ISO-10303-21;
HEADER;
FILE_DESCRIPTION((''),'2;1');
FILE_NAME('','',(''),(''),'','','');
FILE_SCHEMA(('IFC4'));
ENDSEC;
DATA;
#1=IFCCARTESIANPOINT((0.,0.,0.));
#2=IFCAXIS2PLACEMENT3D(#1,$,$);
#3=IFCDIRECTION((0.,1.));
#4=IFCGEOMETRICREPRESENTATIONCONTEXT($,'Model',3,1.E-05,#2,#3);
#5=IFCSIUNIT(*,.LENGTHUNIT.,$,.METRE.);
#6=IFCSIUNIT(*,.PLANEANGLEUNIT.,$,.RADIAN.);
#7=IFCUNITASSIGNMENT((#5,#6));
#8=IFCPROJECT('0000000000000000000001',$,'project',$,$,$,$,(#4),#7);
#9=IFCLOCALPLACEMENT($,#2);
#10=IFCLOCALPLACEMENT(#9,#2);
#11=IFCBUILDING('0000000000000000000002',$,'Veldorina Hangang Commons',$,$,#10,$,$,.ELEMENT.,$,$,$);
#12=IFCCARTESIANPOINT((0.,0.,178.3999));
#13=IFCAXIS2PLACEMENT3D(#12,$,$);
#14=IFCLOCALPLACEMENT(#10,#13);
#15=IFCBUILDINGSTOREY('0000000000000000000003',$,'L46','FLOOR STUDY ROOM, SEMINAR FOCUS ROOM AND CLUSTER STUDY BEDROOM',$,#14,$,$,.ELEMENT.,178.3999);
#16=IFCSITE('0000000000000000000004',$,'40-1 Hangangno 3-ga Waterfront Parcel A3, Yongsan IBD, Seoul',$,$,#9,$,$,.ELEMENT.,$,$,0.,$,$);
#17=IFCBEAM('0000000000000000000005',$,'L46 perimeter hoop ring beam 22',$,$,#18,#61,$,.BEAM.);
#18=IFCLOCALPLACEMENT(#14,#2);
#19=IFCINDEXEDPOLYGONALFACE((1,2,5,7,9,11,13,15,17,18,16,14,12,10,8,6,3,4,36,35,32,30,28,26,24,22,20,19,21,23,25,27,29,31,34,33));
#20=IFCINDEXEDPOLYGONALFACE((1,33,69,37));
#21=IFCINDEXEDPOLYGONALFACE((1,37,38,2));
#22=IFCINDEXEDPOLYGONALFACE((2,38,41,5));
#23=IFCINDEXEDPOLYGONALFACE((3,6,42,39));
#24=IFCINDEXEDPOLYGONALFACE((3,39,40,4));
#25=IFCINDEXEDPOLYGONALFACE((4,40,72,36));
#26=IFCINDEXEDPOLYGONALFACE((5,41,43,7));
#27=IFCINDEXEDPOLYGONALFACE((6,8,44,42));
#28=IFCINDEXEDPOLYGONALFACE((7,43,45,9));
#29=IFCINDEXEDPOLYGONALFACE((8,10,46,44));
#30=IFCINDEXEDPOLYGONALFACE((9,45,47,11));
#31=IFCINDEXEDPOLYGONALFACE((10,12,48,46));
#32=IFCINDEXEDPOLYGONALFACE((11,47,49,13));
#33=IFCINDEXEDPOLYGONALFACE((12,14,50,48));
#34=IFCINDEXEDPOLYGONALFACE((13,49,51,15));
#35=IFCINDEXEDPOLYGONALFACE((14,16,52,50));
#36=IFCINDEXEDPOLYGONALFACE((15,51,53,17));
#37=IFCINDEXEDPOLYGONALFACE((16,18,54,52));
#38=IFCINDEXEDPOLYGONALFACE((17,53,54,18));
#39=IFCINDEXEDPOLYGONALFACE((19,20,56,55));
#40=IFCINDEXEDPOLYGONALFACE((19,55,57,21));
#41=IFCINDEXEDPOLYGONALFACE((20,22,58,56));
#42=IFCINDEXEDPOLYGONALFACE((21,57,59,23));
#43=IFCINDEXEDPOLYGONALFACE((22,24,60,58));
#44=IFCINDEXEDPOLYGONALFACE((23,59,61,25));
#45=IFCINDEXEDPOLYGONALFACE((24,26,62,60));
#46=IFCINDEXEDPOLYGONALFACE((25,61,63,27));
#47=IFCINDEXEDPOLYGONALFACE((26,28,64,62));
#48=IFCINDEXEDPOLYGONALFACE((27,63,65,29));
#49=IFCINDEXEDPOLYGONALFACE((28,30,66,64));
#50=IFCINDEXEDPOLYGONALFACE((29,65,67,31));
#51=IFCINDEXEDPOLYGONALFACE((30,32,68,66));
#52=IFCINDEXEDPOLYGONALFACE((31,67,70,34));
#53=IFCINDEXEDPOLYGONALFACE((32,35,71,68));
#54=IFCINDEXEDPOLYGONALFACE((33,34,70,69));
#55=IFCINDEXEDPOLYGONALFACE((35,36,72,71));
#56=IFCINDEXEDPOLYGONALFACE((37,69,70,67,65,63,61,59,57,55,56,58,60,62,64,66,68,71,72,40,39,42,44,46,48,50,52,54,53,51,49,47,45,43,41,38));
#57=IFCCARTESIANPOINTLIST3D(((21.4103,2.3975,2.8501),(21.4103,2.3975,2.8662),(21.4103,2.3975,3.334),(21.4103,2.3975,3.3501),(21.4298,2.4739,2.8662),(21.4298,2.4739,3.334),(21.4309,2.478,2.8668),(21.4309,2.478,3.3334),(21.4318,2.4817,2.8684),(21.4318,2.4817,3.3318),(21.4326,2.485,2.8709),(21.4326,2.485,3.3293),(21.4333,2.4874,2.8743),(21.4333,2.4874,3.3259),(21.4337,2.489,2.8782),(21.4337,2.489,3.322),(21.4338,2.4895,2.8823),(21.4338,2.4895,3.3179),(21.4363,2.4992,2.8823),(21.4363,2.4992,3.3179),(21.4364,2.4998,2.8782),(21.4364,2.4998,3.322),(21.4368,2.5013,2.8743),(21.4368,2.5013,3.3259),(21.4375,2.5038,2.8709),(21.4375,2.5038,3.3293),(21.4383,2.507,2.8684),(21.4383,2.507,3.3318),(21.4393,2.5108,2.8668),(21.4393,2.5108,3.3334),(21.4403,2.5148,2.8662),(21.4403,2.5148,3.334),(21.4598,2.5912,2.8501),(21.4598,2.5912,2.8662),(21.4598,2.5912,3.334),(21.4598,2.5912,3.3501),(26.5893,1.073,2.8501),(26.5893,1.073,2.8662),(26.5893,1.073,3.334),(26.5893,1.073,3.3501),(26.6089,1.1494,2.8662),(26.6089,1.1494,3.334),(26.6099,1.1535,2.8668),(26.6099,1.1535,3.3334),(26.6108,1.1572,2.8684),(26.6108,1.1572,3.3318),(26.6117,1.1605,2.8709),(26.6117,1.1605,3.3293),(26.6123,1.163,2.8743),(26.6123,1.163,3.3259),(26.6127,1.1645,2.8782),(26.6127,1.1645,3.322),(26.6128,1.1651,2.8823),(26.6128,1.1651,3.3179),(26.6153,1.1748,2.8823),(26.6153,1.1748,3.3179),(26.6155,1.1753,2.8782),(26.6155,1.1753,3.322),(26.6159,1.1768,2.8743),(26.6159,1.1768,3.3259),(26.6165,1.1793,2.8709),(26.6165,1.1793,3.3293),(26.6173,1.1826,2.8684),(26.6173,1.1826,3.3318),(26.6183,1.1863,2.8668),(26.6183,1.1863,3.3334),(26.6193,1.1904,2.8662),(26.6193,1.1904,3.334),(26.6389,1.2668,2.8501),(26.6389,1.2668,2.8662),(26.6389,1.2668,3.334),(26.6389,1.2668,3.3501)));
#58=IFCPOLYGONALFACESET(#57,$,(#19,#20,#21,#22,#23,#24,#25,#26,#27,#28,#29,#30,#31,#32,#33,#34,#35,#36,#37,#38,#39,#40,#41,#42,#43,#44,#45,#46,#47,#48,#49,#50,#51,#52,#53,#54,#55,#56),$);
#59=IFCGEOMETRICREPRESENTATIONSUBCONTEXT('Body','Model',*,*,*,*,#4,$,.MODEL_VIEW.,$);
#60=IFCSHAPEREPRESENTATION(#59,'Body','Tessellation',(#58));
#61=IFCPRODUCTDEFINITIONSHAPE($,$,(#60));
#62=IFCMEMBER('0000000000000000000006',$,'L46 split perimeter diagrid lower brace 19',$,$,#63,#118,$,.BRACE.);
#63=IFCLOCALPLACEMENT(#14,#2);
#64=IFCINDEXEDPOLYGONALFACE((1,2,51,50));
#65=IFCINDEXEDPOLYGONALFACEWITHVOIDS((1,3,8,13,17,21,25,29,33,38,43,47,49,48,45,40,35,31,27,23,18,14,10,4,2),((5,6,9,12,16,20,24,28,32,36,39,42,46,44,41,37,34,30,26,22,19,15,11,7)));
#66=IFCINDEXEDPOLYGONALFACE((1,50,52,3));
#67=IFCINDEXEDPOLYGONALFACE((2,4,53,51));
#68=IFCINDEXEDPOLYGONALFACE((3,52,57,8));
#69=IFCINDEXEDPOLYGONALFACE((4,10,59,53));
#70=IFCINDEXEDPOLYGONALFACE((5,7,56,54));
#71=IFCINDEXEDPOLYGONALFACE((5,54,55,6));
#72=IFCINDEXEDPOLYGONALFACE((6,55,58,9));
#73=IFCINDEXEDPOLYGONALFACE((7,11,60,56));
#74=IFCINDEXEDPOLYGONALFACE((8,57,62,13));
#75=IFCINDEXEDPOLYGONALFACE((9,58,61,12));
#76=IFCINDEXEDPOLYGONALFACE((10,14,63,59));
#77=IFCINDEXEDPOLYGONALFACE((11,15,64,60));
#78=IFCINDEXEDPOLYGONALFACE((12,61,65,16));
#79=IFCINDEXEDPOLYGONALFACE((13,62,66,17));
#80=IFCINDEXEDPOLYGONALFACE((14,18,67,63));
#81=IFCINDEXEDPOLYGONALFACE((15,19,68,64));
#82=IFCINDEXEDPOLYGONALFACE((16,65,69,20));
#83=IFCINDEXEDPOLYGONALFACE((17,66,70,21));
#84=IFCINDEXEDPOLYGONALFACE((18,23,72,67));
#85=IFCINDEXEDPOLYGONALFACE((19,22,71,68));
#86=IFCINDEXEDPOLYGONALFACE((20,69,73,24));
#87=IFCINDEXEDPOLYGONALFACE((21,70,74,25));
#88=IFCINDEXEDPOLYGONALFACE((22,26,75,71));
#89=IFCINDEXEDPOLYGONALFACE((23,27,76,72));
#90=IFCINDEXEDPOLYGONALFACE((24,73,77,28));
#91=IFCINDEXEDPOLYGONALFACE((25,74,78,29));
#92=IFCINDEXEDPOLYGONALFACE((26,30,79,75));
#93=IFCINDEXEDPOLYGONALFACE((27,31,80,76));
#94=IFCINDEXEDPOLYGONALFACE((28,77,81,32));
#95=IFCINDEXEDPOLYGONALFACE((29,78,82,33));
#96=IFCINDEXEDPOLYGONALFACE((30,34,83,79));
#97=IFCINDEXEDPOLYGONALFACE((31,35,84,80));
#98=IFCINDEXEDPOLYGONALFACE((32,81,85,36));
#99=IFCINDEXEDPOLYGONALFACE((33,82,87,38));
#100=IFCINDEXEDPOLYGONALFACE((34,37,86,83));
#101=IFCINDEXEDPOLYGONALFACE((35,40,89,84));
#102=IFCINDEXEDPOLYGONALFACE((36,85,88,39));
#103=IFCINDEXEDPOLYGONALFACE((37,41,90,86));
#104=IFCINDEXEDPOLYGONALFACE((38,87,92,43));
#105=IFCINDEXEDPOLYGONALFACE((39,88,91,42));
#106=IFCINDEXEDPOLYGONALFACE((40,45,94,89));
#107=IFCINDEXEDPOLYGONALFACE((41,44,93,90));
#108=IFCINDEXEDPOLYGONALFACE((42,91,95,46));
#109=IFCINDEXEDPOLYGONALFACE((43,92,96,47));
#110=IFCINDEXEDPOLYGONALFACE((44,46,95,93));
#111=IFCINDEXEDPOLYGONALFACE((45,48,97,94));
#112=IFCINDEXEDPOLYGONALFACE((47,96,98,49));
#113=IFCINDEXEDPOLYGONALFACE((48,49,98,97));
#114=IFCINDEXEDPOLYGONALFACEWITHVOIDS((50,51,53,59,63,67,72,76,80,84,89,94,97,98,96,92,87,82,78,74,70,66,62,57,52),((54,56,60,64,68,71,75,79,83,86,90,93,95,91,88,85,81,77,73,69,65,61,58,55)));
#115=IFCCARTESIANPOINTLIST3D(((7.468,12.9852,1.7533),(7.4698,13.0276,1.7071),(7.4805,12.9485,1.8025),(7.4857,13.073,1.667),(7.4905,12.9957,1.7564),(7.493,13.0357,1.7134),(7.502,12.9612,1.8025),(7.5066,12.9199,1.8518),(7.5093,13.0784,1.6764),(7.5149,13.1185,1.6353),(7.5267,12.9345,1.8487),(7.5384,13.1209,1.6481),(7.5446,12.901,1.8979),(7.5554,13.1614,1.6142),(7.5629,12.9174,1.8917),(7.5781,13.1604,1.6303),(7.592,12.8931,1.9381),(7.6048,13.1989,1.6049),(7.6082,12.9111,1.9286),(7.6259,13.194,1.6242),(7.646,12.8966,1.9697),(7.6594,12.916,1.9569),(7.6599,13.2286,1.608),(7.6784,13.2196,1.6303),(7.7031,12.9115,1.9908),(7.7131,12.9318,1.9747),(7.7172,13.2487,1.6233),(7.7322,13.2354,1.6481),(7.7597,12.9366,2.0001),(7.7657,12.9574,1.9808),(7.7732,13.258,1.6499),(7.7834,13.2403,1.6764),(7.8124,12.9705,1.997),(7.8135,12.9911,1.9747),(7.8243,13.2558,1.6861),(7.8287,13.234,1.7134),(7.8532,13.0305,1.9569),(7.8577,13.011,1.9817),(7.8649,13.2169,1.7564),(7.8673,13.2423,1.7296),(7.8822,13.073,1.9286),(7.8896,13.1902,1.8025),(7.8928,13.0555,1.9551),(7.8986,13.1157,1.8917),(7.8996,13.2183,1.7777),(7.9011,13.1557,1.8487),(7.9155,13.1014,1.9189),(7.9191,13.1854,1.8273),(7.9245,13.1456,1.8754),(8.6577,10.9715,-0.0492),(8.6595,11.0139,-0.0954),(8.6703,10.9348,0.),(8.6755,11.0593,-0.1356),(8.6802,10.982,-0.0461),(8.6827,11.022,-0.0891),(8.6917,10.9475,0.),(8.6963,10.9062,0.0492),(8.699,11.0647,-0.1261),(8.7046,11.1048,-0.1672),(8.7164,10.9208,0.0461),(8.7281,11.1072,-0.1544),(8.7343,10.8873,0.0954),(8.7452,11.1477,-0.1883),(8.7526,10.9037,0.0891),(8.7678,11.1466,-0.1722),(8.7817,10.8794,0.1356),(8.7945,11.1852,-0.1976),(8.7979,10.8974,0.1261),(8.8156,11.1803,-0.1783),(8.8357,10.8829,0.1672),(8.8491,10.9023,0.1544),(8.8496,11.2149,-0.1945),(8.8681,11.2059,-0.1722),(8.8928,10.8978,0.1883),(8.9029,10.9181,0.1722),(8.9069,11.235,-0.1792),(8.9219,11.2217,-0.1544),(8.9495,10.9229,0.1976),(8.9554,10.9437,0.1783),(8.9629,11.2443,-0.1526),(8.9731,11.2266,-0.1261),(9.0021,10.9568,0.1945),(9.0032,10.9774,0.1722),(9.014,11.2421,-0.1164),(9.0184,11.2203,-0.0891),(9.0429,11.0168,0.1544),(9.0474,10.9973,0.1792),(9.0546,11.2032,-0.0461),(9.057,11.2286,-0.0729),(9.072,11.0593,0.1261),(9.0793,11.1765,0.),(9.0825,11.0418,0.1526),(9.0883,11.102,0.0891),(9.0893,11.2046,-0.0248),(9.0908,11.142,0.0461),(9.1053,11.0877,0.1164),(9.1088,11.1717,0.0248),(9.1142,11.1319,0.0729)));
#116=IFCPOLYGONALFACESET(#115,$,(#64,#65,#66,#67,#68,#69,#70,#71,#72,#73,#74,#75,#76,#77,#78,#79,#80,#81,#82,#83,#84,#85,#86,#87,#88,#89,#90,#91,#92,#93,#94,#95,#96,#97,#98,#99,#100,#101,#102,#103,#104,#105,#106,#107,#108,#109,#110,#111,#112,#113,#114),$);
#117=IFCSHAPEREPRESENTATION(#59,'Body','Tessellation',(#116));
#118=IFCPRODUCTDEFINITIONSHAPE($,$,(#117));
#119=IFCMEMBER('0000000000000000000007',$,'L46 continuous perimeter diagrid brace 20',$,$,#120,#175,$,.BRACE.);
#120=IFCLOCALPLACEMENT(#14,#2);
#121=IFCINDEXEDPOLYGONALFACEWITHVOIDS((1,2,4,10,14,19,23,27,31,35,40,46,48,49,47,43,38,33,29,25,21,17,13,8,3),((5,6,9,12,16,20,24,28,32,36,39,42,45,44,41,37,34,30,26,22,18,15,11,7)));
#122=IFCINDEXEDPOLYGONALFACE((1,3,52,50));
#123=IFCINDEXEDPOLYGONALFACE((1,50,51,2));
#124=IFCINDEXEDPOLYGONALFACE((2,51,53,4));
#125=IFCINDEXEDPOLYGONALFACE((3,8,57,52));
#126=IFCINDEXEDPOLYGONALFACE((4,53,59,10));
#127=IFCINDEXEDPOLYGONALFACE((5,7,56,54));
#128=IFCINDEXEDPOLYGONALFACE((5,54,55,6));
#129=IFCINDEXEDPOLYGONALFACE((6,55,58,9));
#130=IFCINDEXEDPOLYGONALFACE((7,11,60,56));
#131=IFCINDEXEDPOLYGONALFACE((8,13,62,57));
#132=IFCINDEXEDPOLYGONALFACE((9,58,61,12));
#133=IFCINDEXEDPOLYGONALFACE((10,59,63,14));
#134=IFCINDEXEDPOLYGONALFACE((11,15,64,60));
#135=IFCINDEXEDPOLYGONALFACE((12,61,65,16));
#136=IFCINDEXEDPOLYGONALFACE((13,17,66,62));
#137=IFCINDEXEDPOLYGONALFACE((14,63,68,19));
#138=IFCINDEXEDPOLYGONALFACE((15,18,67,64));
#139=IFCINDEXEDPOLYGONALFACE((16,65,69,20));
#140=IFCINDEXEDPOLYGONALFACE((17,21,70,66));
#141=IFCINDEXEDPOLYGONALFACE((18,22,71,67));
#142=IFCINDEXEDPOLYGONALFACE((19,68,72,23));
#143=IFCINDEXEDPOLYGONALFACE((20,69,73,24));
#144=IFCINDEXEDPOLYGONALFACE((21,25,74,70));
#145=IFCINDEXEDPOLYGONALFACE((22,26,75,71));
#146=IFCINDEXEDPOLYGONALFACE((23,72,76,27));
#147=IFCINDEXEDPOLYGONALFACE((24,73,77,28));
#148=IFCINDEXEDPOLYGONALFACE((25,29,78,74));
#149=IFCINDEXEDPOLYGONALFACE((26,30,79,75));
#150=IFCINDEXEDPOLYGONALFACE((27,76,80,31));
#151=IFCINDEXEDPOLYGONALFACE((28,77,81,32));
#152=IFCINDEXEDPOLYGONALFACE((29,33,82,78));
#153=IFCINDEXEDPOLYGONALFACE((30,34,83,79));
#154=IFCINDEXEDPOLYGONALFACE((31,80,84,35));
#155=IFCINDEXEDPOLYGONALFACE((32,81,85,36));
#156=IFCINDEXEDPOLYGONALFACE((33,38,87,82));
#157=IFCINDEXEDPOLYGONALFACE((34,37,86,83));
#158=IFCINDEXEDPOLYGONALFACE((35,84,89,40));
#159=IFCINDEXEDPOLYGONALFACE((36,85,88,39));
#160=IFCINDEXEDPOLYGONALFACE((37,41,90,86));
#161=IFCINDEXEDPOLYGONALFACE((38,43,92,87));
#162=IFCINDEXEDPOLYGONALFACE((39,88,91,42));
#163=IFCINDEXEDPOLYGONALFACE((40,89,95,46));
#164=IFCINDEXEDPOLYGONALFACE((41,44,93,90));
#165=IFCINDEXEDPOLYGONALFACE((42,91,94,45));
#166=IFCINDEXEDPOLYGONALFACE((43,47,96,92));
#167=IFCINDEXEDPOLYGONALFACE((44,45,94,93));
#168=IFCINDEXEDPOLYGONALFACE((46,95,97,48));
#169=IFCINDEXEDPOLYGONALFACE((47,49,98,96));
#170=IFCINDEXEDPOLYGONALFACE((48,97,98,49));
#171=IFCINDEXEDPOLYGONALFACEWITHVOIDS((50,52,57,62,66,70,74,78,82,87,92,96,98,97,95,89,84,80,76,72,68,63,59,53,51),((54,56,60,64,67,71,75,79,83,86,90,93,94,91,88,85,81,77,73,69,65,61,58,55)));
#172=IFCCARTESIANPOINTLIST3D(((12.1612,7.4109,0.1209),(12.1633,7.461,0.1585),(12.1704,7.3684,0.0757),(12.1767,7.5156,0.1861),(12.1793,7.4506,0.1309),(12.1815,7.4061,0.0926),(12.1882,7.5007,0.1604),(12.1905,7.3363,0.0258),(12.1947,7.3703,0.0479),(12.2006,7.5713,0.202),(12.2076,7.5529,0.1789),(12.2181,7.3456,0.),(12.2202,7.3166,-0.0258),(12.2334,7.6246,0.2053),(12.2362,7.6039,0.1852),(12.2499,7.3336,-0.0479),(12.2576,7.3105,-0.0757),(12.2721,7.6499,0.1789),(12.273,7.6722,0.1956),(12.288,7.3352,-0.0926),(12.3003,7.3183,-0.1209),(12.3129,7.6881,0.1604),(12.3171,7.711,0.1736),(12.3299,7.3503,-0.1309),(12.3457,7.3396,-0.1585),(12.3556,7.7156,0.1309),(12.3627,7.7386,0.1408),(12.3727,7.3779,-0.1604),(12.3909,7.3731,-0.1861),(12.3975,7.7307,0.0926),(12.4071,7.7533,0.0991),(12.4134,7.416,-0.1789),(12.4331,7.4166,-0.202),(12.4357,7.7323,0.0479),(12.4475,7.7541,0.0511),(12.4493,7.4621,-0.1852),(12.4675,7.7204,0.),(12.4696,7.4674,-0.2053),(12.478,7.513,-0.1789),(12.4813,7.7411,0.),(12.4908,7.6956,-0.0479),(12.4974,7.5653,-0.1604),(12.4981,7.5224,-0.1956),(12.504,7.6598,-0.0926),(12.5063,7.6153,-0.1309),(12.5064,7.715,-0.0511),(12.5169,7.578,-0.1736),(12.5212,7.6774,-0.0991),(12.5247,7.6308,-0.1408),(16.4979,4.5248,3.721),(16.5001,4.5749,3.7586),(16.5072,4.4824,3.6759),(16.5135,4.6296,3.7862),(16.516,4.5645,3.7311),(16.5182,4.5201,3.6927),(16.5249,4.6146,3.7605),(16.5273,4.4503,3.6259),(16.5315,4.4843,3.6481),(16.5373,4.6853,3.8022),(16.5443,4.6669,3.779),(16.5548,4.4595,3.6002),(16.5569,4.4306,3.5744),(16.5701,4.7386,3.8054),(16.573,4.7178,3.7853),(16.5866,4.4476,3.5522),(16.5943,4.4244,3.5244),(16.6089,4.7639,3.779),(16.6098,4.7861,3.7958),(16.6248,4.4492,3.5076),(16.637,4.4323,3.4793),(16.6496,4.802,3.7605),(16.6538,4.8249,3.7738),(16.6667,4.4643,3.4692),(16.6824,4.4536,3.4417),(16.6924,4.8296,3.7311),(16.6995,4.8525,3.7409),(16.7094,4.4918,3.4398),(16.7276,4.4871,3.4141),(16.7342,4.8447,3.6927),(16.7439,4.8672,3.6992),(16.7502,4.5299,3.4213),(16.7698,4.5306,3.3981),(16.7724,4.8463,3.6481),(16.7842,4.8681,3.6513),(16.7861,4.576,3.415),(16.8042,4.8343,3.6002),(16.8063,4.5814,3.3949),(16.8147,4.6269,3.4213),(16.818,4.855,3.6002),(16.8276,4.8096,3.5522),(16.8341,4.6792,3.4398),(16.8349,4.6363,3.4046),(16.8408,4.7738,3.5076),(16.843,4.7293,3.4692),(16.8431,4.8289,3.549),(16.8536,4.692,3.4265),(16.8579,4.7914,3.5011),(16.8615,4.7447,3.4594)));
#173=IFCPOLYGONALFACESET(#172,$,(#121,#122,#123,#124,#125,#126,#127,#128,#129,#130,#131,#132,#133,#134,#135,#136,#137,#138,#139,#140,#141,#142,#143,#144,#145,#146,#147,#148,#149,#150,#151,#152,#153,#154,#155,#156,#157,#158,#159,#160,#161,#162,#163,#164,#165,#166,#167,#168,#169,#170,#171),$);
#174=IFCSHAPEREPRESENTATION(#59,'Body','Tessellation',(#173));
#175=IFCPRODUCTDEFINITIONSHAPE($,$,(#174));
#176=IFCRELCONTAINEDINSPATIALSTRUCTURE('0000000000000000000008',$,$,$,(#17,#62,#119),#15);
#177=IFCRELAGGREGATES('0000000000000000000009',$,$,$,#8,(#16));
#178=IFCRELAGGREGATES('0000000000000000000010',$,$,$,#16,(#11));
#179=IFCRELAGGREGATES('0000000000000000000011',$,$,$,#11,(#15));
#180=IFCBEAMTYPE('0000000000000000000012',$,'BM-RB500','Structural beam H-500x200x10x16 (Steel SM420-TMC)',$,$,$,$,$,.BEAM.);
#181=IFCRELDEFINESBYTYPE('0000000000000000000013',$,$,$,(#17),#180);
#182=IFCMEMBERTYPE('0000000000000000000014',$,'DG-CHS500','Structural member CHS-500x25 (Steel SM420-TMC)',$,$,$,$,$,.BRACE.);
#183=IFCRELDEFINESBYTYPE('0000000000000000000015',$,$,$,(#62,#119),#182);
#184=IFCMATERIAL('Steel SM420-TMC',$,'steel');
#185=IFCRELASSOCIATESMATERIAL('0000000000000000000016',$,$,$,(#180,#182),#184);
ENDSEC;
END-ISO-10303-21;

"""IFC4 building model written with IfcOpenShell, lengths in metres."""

from ifc_helpers import new_model, si_unit, direction, frame, origin, origin_2d, place, context, subcontext, project, spatial, hollow_circle, i_section, extrude, material, material_profile, profile_set, type_object, element, save


model = new_model("IFC4")

# Units and contexts
model_context = context("Model", 3, precision=1e-05, world=origin(), true_north=direction((0.0, 1.0)))
body_context = subcontext(model_context, "Body", "Model", "MODEL_VIEW")
ifc_project = project(units=[si_unit("LENGTHUNIT", "METRE"), si_unit("PLANEANGLEUNIT", "RADIAN")], contexts=[model_context])

# Site, building, storey
site_placement = place(None, origin())
site = spatial("IfcSite", under=ifc_project, at=site_placement, Name="40-1 Hangangno 3-ga Waterfront Parcel A3, Yongsan IBD, Seoul", CompositionType="ELEMENT", RefElevation=0.0)
building_placement = place(site_placement, origin())
building = spatial("IfcBuilding", under=site, at=building_placement, Name="Veldorina Hangang Commons", CompositionType="ELEMENT")
storey_placement = place(building_placement, frame((0.0, 0.0, 178.3999)))
storey = spatial("IfcBuildingStorey", under=building, at=storey_placement, Name="L46", Description="FLOOR STUDY ROOM, SEMINAR FOCUS ROOM AND CLUSTER STUDY BEDROOM", CompositionType="ELEMENT", Elevation=178.3999)

# Beam
ifc_material_1 = material(Name="Steel SM420-TMC", Category="steel")
ifc_material_profile_1 = material_profile(ifc_material_1, i_section(OverallWidth=0.2, OverallDepth=0.5, WebThickness=0.01, FlangeThickness=0.0161, FilletRadius=0.0161, at=origin_2d()), Name="H-500x200x10x16")
ifc_profile_set_1 = profile_set([ifc_material_profile_1], Name="Steel SM420-TMC")
beam_type_1 = type_object("IfcBeamType", Name="BM-RB500", Description="Structural beam H-500x200x10x16 (Steel SM420-TMC)", PredefinedType="BEAM", material=ifc_profile_set_1)
beam_1_placement = place(storey_placement, frame((21.4351, 2.4944, 3.1001), z_axis=(0.96882, -0.247765, 0.0), x_axis=(0.247765, 0.96882, 0.0)))
element("IfcBeam", 1, at=beam_1_placement, inside=storey, type_object=beam_type_1, Name="L46 perimeter hoop ring beam 22", PredefinedType="BEAM", context=body_context, shape_type="SweptSolid", body=[
    extrude(i_section(OverallWidth=0.2, OverallDepth=0.5, WebThickness=0.01, FlangeThickness=0.0161, FilletRadius=0.0161, at=origin_2d()), origin(), (0.0, 0.0, 1.0), 5.3457),
])

# Members
ifc_material_profile_2 = material_profile(ifc_material_1, hollow_circle(Radius=0.25, WallThickness=0.0249, at=origin_2d()), Name="CHS-500x25")
ifc_profile_set_2 = profile_set([ifc_material_profile_2], Name="Steel SM420-TMC")
member_type = type_object("IfcMemberType", Name="DG-CHS500", Description="Structural member CHS-500x25 (Steel SM420-TMC)", PredefinedType="BRACE", material=ifc_profile_set_2)
member_1_placement = place(storey_placement, frame((8.8855, 11.062, 0.0), z_axis=(-0.4029, 0.681946, 0.610427), x_axis=(-0.860964, -0.508666, 0.0)))
element("IfcMember", 2, at=member_1_placement, inside=storey, type_object=member_type, Name="L46 split perimeter diagrid lower brace 19", PredefinedType="BRACE", context=body_context, shape_type="SweptSolid", body=[
    extrude(hollow_circle(Radius=0.25, WallThickness=0.0249, at=origin_2d()), origin(), (0.0, 0.0, 1.0), 2.9529),
])
member_2_placement = place(storey_placement, frame((12.3428, 7.533, 0.0), z_axis=(0.684864, -0.455766, 0.568541), x_axis=(0.554019, 0.832504, 0.0)))
element("IfcMember", 3, at=member_2_placement, inside=storey, type_object=member_type, Name="L46 continuous perimeter diagrid brace 20", PredefinedType="BRACE", context=body_context, shape_type="SweptSolid", body=[
    extrude(hollow_circle(Radius=0.25, WallThickness=0.0249, at=origin_2d()), origin(), (0.0, 0.0, 1.0), 6.3323),
])

save(model, "model.ifc")
